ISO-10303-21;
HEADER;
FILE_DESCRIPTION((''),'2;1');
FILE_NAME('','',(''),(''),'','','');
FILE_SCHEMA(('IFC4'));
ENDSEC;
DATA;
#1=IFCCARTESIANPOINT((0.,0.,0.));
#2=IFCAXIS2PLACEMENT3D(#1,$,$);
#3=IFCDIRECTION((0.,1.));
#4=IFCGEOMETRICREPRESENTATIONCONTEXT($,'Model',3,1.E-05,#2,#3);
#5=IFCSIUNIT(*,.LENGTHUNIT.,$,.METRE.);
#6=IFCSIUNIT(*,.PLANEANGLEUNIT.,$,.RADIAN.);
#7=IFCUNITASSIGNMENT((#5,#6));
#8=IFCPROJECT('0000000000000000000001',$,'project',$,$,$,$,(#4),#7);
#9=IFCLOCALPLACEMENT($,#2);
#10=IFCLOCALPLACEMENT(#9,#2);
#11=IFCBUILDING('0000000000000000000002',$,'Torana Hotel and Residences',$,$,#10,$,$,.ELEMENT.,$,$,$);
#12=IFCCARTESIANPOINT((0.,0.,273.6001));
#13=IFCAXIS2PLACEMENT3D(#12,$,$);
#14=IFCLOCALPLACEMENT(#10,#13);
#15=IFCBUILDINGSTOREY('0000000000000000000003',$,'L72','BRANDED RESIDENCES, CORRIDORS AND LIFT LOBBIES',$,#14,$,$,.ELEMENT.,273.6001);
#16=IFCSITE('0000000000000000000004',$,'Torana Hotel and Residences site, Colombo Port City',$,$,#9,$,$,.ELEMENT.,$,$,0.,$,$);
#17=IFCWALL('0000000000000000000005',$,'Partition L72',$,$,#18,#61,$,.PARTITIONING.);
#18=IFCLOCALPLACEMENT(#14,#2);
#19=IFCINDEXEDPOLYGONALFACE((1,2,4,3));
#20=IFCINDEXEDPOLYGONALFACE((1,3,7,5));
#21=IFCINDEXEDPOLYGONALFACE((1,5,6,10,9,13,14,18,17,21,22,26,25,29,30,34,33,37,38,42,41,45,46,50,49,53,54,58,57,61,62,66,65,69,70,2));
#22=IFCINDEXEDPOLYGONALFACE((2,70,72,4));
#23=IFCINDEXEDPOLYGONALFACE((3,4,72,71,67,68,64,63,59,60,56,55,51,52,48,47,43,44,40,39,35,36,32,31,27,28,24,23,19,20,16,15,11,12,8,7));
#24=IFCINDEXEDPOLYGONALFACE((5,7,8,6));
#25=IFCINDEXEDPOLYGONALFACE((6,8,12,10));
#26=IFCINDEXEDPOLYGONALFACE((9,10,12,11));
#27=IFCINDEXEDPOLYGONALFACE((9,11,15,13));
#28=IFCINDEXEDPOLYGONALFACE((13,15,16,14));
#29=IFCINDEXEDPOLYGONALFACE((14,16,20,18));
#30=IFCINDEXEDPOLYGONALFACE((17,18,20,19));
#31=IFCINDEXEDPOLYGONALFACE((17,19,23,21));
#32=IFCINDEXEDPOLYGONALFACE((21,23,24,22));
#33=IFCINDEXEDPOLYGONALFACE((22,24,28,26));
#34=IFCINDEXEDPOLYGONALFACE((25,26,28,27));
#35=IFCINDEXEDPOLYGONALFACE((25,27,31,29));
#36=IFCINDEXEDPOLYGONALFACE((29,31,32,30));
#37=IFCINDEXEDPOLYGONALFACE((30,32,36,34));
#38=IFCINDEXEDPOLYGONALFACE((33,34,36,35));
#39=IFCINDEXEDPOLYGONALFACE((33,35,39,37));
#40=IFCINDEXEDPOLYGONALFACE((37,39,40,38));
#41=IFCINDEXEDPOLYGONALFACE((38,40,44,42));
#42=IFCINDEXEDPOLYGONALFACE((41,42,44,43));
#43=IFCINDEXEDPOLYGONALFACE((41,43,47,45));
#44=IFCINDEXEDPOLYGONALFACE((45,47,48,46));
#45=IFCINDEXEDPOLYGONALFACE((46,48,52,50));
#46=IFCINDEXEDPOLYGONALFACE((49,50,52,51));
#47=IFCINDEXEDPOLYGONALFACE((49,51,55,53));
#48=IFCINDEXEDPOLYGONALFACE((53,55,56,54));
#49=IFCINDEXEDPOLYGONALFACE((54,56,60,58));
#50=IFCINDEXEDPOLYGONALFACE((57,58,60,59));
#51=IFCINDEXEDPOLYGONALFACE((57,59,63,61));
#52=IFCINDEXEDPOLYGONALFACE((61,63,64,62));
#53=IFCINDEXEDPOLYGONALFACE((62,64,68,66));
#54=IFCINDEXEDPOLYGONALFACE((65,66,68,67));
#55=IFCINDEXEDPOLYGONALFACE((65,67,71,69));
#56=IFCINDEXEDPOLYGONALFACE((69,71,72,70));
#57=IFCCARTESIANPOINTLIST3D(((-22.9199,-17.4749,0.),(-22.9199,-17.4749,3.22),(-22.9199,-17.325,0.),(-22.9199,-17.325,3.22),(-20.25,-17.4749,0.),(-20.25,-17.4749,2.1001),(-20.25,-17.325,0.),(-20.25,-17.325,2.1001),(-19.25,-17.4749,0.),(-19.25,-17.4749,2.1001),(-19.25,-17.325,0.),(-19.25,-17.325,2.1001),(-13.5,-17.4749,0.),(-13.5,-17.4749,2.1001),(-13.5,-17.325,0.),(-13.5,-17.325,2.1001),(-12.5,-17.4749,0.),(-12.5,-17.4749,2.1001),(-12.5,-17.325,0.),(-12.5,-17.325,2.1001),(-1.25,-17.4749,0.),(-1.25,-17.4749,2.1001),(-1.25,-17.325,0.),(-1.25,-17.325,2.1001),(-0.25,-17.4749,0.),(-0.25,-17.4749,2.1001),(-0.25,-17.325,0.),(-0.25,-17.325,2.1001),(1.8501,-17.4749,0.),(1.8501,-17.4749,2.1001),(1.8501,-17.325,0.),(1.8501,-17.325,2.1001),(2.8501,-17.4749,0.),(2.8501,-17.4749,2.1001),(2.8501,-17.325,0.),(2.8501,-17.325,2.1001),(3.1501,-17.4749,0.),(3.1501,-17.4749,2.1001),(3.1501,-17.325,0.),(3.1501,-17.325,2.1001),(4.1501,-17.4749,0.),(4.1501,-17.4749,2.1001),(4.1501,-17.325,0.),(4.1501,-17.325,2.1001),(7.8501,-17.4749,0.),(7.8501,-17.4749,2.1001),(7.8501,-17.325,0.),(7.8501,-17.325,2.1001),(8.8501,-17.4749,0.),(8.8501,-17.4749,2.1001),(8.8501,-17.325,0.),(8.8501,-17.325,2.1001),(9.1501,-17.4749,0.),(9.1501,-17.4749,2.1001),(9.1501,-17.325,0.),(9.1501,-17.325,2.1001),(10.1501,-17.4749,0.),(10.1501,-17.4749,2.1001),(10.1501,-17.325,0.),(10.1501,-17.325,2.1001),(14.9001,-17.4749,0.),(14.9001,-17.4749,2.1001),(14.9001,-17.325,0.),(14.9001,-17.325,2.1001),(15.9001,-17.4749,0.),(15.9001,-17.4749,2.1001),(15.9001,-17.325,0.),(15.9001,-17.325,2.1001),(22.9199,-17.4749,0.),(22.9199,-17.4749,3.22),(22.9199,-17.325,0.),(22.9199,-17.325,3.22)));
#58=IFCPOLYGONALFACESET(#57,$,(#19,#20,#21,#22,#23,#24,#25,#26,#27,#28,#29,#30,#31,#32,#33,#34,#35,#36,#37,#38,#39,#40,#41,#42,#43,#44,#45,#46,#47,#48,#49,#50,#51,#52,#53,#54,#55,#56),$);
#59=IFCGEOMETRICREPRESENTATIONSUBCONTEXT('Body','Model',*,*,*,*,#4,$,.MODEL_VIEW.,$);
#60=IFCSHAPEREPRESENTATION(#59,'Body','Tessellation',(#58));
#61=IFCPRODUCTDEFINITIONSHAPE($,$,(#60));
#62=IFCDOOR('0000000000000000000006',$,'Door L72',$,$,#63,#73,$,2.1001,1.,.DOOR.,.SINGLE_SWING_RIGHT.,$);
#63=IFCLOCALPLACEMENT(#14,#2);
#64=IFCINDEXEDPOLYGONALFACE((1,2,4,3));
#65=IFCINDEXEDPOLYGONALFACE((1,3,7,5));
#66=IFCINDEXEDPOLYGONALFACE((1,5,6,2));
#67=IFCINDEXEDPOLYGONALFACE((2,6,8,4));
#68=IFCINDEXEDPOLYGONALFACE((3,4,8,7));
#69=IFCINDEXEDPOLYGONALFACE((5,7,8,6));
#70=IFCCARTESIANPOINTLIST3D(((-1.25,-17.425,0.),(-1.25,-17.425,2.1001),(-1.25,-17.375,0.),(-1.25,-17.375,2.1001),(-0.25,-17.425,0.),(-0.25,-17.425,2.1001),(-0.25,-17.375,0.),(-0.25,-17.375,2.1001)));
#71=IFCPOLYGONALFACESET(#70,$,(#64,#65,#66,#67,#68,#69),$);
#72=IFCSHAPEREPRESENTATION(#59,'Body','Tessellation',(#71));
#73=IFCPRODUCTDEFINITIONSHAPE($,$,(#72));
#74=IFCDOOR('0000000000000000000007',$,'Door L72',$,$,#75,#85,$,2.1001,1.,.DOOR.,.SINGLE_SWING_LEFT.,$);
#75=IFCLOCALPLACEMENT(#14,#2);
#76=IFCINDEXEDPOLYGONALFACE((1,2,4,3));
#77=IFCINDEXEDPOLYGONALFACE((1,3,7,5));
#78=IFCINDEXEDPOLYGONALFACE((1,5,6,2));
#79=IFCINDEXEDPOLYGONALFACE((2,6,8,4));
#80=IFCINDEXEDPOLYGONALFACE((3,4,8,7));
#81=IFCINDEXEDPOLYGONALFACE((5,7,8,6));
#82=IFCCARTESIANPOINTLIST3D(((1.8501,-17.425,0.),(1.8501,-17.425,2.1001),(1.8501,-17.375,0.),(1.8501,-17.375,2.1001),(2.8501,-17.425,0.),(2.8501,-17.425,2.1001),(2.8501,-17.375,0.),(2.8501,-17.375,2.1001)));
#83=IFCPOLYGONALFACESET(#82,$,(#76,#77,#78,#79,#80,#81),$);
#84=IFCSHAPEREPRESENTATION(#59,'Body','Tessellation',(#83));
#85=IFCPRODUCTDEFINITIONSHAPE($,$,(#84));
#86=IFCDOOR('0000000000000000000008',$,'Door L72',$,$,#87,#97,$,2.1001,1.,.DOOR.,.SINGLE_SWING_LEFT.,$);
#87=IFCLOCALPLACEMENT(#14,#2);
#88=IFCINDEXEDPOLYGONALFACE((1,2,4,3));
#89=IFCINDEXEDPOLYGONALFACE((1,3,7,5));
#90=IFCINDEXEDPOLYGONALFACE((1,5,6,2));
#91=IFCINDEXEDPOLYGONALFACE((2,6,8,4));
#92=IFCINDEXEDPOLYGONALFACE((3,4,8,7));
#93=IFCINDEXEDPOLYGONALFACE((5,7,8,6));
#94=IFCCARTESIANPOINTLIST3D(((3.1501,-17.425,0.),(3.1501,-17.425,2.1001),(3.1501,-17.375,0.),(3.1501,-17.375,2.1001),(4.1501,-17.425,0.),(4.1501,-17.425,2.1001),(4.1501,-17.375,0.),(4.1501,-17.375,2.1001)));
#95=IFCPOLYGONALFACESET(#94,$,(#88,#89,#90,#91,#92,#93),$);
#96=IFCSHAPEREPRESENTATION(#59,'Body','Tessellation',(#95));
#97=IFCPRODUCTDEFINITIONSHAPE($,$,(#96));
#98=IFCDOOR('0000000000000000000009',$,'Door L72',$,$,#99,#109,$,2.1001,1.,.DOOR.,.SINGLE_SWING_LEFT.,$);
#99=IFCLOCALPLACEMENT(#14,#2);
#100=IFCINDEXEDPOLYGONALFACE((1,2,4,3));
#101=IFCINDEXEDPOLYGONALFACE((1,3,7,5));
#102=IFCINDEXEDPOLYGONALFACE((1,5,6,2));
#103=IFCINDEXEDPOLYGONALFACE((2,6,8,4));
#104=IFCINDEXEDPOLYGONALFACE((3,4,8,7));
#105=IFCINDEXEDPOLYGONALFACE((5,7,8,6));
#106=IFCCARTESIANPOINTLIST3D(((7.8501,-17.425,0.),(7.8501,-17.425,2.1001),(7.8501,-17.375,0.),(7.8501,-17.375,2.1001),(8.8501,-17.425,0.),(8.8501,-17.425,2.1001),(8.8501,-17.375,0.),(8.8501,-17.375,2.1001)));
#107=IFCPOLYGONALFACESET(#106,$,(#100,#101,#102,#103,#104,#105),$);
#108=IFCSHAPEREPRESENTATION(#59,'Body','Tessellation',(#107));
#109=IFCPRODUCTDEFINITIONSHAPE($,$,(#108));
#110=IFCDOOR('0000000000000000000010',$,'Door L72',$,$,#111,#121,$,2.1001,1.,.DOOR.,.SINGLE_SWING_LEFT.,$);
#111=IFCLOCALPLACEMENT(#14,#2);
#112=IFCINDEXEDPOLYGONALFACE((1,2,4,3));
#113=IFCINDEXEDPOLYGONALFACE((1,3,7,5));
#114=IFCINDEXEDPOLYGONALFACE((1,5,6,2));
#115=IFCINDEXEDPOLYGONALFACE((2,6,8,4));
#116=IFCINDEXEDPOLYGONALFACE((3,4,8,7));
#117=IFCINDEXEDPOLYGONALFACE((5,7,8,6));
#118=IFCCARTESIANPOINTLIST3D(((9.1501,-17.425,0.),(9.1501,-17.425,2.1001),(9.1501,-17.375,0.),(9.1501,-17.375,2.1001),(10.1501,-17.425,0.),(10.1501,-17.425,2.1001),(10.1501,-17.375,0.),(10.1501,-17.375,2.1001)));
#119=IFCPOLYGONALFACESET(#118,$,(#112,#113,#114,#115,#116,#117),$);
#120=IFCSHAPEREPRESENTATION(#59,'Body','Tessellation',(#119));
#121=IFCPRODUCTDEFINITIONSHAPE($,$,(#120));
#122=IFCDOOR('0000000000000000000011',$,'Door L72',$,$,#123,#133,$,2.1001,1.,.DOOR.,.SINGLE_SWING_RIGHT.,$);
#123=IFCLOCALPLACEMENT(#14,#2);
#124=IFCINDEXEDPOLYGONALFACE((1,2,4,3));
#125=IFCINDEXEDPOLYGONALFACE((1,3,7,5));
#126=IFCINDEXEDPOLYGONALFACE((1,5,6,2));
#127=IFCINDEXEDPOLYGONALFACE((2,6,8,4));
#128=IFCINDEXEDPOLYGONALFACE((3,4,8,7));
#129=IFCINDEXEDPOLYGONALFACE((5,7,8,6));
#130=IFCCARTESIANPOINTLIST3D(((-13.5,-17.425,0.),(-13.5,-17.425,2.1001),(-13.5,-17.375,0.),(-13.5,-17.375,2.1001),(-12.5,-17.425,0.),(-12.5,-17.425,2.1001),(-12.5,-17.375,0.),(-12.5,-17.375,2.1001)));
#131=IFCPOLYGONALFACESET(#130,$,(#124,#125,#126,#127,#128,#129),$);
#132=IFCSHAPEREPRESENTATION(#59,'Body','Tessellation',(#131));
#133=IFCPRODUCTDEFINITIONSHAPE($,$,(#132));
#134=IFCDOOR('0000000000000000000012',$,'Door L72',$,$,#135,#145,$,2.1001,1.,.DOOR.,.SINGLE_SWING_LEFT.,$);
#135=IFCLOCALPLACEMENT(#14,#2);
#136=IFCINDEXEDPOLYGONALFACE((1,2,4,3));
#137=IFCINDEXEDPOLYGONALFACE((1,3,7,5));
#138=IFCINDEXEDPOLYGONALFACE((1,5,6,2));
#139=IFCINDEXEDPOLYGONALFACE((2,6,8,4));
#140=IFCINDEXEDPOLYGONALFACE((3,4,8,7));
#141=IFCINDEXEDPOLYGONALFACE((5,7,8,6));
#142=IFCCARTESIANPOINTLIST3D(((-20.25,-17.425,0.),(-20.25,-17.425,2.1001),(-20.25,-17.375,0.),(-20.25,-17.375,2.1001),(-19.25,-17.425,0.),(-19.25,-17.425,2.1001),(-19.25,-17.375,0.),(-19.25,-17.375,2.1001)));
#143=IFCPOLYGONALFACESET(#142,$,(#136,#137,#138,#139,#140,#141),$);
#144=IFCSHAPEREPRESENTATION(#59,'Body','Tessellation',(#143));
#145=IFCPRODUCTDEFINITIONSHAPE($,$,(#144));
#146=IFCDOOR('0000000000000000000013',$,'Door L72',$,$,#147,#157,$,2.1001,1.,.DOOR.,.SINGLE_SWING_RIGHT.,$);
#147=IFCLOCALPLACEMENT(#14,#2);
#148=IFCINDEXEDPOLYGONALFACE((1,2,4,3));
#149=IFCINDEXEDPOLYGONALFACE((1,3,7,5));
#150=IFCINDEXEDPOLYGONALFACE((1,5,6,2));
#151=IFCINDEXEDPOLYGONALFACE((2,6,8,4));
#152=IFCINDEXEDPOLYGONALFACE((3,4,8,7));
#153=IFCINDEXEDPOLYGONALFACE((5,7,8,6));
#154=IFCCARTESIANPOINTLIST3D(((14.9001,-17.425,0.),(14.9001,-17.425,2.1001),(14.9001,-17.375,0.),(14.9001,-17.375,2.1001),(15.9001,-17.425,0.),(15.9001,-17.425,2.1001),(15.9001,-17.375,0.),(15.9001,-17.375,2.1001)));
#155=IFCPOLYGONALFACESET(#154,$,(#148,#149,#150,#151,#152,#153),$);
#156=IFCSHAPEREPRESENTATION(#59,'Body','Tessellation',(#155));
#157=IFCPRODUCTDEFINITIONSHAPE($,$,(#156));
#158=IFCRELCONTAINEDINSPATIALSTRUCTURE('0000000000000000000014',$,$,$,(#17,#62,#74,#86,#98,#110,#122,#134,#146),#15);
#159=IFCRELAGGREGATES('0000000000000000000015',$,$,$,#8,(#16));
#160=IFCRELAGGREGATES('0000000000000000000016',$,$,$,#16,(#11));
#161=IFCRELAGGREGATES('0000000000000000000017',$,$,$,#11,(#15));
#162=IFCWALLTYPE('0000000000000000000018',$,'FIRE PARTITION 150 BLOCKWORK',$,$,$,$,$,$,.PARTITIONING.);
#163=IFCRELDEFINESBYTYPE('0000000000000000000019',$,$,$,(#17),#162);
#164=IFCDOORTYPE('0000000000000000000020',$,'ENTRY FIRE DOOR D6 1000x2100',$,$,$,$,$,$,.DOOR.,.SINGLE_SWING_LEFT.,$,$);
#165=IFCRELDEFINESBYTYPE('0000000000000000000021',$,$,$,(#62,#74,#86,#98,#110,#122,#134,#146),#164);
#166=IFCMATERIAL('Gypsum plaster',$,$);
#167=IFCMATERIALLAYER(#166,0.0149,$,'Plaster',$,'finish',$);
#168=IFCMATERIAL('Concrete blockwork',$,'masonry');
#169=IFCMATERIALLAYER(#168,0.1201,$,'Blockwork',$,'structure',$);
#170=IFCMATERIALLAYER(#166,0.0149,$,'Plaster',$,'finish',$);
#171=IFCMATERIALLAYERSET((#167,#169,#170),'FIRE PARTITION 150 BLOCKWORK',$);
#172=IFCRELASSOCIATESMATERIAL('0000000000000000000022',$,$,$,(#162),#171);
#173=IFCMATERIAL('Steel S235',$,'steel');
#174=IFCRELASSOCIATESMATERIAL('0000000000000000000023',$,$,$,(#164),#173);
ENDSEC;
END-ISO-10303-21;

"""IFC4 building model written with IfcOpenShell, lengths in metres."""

from ifc_helpers import new_model, si_unit, direction, frame, frame_2d, origin, place, context, subcontext, project, spatial, rectangle, extrude, material, layer, layer_set, type_object, element, fill, save


model = new_model("IFC4")

# Units and contexts
model_context = context("Model", 3, precision=1e-05, world=origin(), true_north=direction((0.0, 1.0)))
body_context = subcontext(model_context, "Body", "Model", "MODEL_VIEW")
ifc_project = project(units=[si_unit("LENGTHUNIT", "METRE"), si_unit("PLANEANGLEUNIT", "RADIAN")], contexts=[model_context])

# Site, building, storey
site_placement = place(None, origin())
site = spatial("IfcSite", under=ifc_project, at=site_placement, Name="Torana Hotel and Residences site, Colombo Port City", CompositionType="ELEMENT", RefElevation=0.0)
building_placement = place(site_placement, origin())
building = spatial("IfcBuilding", under=site, at=building_placement, Name="Torana Hotel and Residences", CompositionType="ELEMENT")
storey_placement = place(building_placement, frame((0.0, 0.0, 273.6001)))
storey = spatial("IfcBuildingStorey", under=building, at=storey_placement, Name="L72", Description="BRANDED RESIDENCES, CORRIDORS AND LIFT LOBBIES", CompositionType="ELEMENT", Elevation=273.6001)

# Wall, openings, doors
ifc_material_1 = material(Name="Gypsum plaster")
ifc_layer_1 = layer(ifc_material_1, 0.0149, Name="Plaster", Category="finish")
ifc_material_2 = material(Name="Concrete blockwork", Category="masonry")
ifc_layer_2 = layer(ifc_material_2, 0.1201, Name="Blockwork", Category="structure")
ifc_layer_3 = layer(ifc_material_1, 0.0149, Name="Plaster", Category="finish")
ifc_layer_set_1 = layer_set([ifc_layer_1, ifc_layer_2, ifc_layer_3], Name="FIRE PARTITION 150 BLOCKWORK")
wall_type_1 = type_object("IfcWallType", Name="FIRE PARTITION 150 BLOCKWORK", PredefinedType="PARTITIONING", material=ifc_layer_set_1)
wall_1_placement = place(storey_placement, frame((-22.9199, -17.3999, 0.0), z_axis=(0.0, 0.0, 1.0), x_axis=(1.0, 0.0, 0.0)))
wall_1 = element("IfcWall", 1, at=wall_1_placement, inside=storey, type_object=wall_type_1, Name="Partition L72", PredefinedType="PARTITIONING", context=body_context, shape_type="SweptSolid", body=[
    extrude(rectangle(XDim=45.8398, YDim=0.1499, at=frame_2d((22.9199, 0.0))), origin(), (0.0, 0.0, 1.0), 3.22),
])
opening_1_placement = place(wall_1_placement, frame((21.6699, 0.0, 0.0)))
opening_1 = element("IfcOpeningElement", 2, at=opening_1_placement, cuts=wall_1, PredefinedType="OPENING", context=body_context, shape_type="SweptSolid", body=[
    extrude(rectangle(XDim=1.0, YDim=2.1001, at=frame_2d((0.5, 1.05))), frame((0.0, 0.085, 0.0), z_axis=(0.0, -1.0, 0.0), x_axis=(1.0, 0.0, 0.0)), (0.0, 0.0, 1.0), 0.1699),
])
opening_2_placement = place(wall_1_placement, frame((24.77, 0.0, 0.0)))
opening_2 = element("IfcOpeningElement", 3, at=opening_2_placement, cuts=wall_1, PredefinedType="OPENING", context=body_context, shape_type="SweptSolid", body=[
    extrude(rectangle(XDim=1.0, YDim=2.1001, at=frame_2d((0.5, 1.05))), frame((0.0, 0.085, 0.0), z_axis=(0.0, -1.0, 0.0), x_axis=(1.0, 0.0, 0.0)), (0.0, 0.0, 1.0), 0.1699),
])
opening_3_placement = place(wall_1_placement, frame((26.0701, 0.0, 0.0)))
opening_3 = element("IfcOpeningElement", 4, at=opening_3_placement, cuts=wall_1, PredefinedType="OPENING", context=body_context, shape_type="SweptSolid", body=[
    extrude(rectangle(XDim=1.0, YDim=2.1001, at=frame_2d((0.5, 1.05))), frame((0.0, 0.085, 0.0), z_axis=(0.0, -1.0, 0.0), x_axis=(1.0, 0.0, 0.0)), (0.0, 0.0, 1.0), 0.1699),
])
opening_4_placement = place(wall_1_placement, frame((30.77, 0.0, 0.0)))
opening_4 = element("IfcOpeningElement", 5, at=opening_4_placement, cuts=wall_1, PredefinedType="OPENING", context=body_context, shape_type="SweptSolid", body=[
    extrude(rectangle(XDim=1.0, YDim=2.1001, at=frame_2d((0.5, 1.05))), frame((0.0, 0.085, 0.0), z_axis=(0.0, -1.0, 0.0), x_axis=(1.0, 0.0, 0.0)), (0.0, 0.0, 1.0), 0.1699),
])
opening_5_placement = place(wall_1_placement, frame((32.0701, 0.0, 0.0)))
opening_5 = element("IfcOpeningElement", 6, at=opening_5_placement, cuts=wall_1, PredefinedType="OPENING", context=body_context, shape_type="SweptSolid", body=[
    extrude(rectangle(XDim=1.0, YDim=2.1001, at=frame_2d((0.5, 1.05))), frame((0.0, 0.085, 0.0), z_axis=(0.0, -1.0, 0.0), x_axis=(1.0, 0.0, 0.0)), (0.0, 0.0, 1.0), 0.1699),
])
opening_6_placement = place(wall_1_placement, frame((9.4199, 0.0, 0.0)))
opening_6 = element("IfcOpeningElement", 7, at=opening_6_placement, cuts=wall_1, PredefinedType="OPENING", context=body_context, shape_type="SweptSolid", body=[
    extrude(rectangle(XDim=1.0, YDim=2.1001, at=frame_2d((0.5, 1.05))), frame((0.0, 0.085, 0.0), z_axis=(0.0, -1.0, 0.0), x_axis=(1.0, 0.0, 0.0)), (0.0, 0.0, 1.0), 0.1699),
])
opening_7_placement = place(wall_1_placement, frame((2.6699, 0.0, 0.0)))
opening_7 = element("IfcOpeningElement", 8, at=opening_7_placement, cuts=wall_1, PredefinedType="OPENING", context=body_context, shape_type="SweptSolid", body=[
    extrude(rectangle(XDim=1.0, YDim=2.1001, at=frame_2d((0.5, 1.05))), frame((0.0, 0.085, 0.0), z_axis=(0.0, -1.0, 0.0), x_axis=(1.0, 0.0, 0.0)), (0.0, 0.0, 1.0), 0.1699),
])
opening_8_placement = place(wall_1_placement, frame((37.8201, 0.0, 0.0)))
opening_8 = element("IfcOpeningElement", 9, at=opening_8_placement, cuts=wall_1, PredefinedType="OPENING", context=body_context, shape_type="SweptSolid", body=[
    extrude(rectangle(XDim=1.0, YDim=2.1001, at=frame_2d((0.5, 1.05))), frame((0.0, 0.085, 0.0), z_axis=(0.0, -1.0, 0.0), x_axis=(1.0, 0.0, 0.0)), (0.0, 0.0, 1.0), 0.1699),
])
ifc_material_3 = material(Name="Steel S235", Category="steel")
door_type_1 = type_object("IfcDoorType", Name="ENTRY FIRE DOOR D6 1000x2100", OperationType="SINGLE_SWING_LEFT", PredefinedType="DOOR", material=ifc_material_3)
door_1_placement = place(opening_1_placement, origin())
door_1 = element("IfcDoor", 10, at=door_1_placement, inside=storey, type_object=door_type_1, Name="Door L72", OperationType="SINGLE_SWING_RIGHT", OverallHeight=2.1001, OverallWidth=1.0, PredefinedType="DOOR", context=body_context, shape_type="SweptSolid", body=[
    extrude(rectangle(XDim=1.0, YDim=2.1001, at=frame_2d((0.5, 1.05))), frame((0.0, 0.0249, 0.0), z_axis=(0.0, -1.0, 0.0), x_axis=(1.0, 0.0, 0.0)), (0.0, 0.0, 1.0), 0.05),
])
fill(opening_1, door_1)
door_2_placement = place(opening_2_placement, frame((0.5, 0.0, 0.0), z_axis=(0.0, 0.0, 1.0), x_axis=(-1.0, 0.0, 0.0)))
door_2 = element("IfcDoor", 11, at=door_2_placement, inside=storey, type_object=door_type_1, Name="Door L72", OperationType="SINGLE_SWING_LEFT", OverallHeight=2.1001, OverallWidth=1.0, PredefinedType="DOOR", context=body_context, shape_type="SweptSolid", body=[
    extrude(rectangle(XDim=1.0, YDim=2.1001, at=frame_2d((0.0, 1.05))), frame((0.0, -0.0249, 0.0), z_axis=(0.0, 1.0, 0.0), x_axis=(-1.0, 0.0, 0.0)), (0.0, 0.0, 1.0), 0.05),
])
fill(opening_2, door_2)
door_3_placement = place(opening_3_placement, frame((0.5, 0.0, 0.0), z_axis=(0.0, 0.0, 1.0), x_axis=(-1.0, 0.0, 0.0)))
door_3 = element("IfcDoor", 12, at=door_3_placement, inside=storey, type_object=door_type_1, Name="Door L72", OperationType="SINGLE_SWING_LEFT", OverallHeight=2.1001, OverallWidth=1.0, PredefinedType="DOOR", context=body_context, shape_type="SweptSolid", body=[
    extrude(rectangle(XDim=1.0, YDim=2.1001, at=frame_2d((0.0, 1.05))), frame((0.0, -0.0249, 0.0), z_axis=(0.0, 1.0, 0.0), x_axis=(-1.0, 0.0, 0.0)), (0.0, 0.0, 1.0), 0.05),
])
fill(opening_3, door_3)
door_4_placement = place(opening_4_placement, frame((0.5, 0.0, 0.0), z_axis=(0.0, 0.0, 1.0), x_axis=(-1.0, 0.0, 0.0)))
door_4 = element("IfcDoor", 13, at=door_4_placement, inside=storey, type_object=door_type_1, Name="Door L72", OperationType="SINGLE_SWING_LEFT", OverallHeight=2.1001, OverallWidth=1.0, PredefinedType="DOOR", context=body_context, shape_type="SweptSolid", body=[
    extrude(rectangle(XDim=1.0, YDim=2.1001, at=frame_2d((0.0, 1.05))), frame((0.0, -0.0249, 0.0), z_axis=(0.0, 1.0, 0.0), x_axis=(-1.0, 0.0, 0.0)), (0.0, 0.0, 1.0), 0.05),
])
fill(opening_4, door_4)
door_5_placement = place(opening_5_placement, frame((0.5, 0.0, 0.0), z_axis=(0.0, 0.0, 1.0), x_axis=(-1.0, 0.0, 0.0)))
door_5 = element("IfcDoor", 14, at=door_5_placement, inside=storey, type_object=door_type_1, Name="Door L72", OperationType="SINGLE_SWING_LEFT", OverallHeight=2.1001, OverallWidth=1.0, PredefinedType="DOOR", context=body_context, shape_type="SweptSolid", body=[
    extrude(rectangle(XDim=1.0, YDim=2.1001, at=frame_2d((0.0, 1.05))), frame((0.0, -0.0249, 0.0), z_axis=(0.0, 1.0, 0.0), x_axis=(-1.0, 0.0, 0.0)), (0.0, 0.0, 1.0), 0.05),
])
fill(opening_5, door_5)
door_6_placement = place(opening_6_placement, origin())
door_6 = element("IfcDoor", 15, at=door_6_placement, inside=storey, type_object=door_type_1, Name="Door L72", OperationType="SINGLE_SWING_RIGHT", OverallHeight=2.1001, OverallWidth=1.0, PredefinedType="DOOR", context=body_context, shape_type="SweptSolid", body=[
    extrude(rectangle(XDim=1.0, YDim=2.1001, at=frame_2d((0.5, 1.05))), frame((0.0, 0.0249, 0.0), z_axis=(0.0, -1.0, 0.0), x_axis=(1.0, 0.0, 0.0)), (0.0, 0.0, 1.0), 0.05),
])
fill(opening_6, door_6)
door_7_placement = place(opening_7_placement, frame((0.5, 0.0, 0.0), z_axis=(0.0, 0.0, 1.0), x_axis=(-1.0, 0.0, 0.0)))
door_7 = element("IfcDoor", 16, at=door_7_placement, inside=storey, type_object=door_type_1, Name="Door L72", OperationType="SINGLE_SWING_LEFT", OverallHeight=2.1001, OverallWidth=1.0, PredefinedType="DOOR", context=body_context, shape_type="SweptSolid", body=[
    extrude(rectangle(XDim=1.0, YDim=2.1001, at=frame_2d((0.0, 1.05))), frame((0.0, -0.0249, 0.0), z_axis=(0.0, 1.0, 0.0), x_axis=(-1.0, 0.0, 0.0)), (0.0, 0.0, 1.0), 0.05),
])
fill(opening_7, door_7)
door_8_placement = place(opening_8_placement, origin())
door_8 = element("IfcDoor", 17, at=door_8_placement, inside=storey, type_object=door_type_1, Name="Door L72", OperationType="SINGLE_SWING_RIGHT", OverallHeight=2.1001, OverallWidth=1.0, PredefinedType="DOOR", context=body_context, shape_type="SweptSolid", body=[
    extrude(rectangle(XDim=1.0, YDim=2.1001, at=frame_2d((0.5, 1.05))), frame((0.0, 0.0249, 0.0), z_axis=(0.0, -1.0, 0.0), x_axis=(1.0, 0.0, 0.0)), (0.0, 0.0, 1.0), 0.05),
])
fill(opening_8, door_8)

save(model, "model.ifc")
